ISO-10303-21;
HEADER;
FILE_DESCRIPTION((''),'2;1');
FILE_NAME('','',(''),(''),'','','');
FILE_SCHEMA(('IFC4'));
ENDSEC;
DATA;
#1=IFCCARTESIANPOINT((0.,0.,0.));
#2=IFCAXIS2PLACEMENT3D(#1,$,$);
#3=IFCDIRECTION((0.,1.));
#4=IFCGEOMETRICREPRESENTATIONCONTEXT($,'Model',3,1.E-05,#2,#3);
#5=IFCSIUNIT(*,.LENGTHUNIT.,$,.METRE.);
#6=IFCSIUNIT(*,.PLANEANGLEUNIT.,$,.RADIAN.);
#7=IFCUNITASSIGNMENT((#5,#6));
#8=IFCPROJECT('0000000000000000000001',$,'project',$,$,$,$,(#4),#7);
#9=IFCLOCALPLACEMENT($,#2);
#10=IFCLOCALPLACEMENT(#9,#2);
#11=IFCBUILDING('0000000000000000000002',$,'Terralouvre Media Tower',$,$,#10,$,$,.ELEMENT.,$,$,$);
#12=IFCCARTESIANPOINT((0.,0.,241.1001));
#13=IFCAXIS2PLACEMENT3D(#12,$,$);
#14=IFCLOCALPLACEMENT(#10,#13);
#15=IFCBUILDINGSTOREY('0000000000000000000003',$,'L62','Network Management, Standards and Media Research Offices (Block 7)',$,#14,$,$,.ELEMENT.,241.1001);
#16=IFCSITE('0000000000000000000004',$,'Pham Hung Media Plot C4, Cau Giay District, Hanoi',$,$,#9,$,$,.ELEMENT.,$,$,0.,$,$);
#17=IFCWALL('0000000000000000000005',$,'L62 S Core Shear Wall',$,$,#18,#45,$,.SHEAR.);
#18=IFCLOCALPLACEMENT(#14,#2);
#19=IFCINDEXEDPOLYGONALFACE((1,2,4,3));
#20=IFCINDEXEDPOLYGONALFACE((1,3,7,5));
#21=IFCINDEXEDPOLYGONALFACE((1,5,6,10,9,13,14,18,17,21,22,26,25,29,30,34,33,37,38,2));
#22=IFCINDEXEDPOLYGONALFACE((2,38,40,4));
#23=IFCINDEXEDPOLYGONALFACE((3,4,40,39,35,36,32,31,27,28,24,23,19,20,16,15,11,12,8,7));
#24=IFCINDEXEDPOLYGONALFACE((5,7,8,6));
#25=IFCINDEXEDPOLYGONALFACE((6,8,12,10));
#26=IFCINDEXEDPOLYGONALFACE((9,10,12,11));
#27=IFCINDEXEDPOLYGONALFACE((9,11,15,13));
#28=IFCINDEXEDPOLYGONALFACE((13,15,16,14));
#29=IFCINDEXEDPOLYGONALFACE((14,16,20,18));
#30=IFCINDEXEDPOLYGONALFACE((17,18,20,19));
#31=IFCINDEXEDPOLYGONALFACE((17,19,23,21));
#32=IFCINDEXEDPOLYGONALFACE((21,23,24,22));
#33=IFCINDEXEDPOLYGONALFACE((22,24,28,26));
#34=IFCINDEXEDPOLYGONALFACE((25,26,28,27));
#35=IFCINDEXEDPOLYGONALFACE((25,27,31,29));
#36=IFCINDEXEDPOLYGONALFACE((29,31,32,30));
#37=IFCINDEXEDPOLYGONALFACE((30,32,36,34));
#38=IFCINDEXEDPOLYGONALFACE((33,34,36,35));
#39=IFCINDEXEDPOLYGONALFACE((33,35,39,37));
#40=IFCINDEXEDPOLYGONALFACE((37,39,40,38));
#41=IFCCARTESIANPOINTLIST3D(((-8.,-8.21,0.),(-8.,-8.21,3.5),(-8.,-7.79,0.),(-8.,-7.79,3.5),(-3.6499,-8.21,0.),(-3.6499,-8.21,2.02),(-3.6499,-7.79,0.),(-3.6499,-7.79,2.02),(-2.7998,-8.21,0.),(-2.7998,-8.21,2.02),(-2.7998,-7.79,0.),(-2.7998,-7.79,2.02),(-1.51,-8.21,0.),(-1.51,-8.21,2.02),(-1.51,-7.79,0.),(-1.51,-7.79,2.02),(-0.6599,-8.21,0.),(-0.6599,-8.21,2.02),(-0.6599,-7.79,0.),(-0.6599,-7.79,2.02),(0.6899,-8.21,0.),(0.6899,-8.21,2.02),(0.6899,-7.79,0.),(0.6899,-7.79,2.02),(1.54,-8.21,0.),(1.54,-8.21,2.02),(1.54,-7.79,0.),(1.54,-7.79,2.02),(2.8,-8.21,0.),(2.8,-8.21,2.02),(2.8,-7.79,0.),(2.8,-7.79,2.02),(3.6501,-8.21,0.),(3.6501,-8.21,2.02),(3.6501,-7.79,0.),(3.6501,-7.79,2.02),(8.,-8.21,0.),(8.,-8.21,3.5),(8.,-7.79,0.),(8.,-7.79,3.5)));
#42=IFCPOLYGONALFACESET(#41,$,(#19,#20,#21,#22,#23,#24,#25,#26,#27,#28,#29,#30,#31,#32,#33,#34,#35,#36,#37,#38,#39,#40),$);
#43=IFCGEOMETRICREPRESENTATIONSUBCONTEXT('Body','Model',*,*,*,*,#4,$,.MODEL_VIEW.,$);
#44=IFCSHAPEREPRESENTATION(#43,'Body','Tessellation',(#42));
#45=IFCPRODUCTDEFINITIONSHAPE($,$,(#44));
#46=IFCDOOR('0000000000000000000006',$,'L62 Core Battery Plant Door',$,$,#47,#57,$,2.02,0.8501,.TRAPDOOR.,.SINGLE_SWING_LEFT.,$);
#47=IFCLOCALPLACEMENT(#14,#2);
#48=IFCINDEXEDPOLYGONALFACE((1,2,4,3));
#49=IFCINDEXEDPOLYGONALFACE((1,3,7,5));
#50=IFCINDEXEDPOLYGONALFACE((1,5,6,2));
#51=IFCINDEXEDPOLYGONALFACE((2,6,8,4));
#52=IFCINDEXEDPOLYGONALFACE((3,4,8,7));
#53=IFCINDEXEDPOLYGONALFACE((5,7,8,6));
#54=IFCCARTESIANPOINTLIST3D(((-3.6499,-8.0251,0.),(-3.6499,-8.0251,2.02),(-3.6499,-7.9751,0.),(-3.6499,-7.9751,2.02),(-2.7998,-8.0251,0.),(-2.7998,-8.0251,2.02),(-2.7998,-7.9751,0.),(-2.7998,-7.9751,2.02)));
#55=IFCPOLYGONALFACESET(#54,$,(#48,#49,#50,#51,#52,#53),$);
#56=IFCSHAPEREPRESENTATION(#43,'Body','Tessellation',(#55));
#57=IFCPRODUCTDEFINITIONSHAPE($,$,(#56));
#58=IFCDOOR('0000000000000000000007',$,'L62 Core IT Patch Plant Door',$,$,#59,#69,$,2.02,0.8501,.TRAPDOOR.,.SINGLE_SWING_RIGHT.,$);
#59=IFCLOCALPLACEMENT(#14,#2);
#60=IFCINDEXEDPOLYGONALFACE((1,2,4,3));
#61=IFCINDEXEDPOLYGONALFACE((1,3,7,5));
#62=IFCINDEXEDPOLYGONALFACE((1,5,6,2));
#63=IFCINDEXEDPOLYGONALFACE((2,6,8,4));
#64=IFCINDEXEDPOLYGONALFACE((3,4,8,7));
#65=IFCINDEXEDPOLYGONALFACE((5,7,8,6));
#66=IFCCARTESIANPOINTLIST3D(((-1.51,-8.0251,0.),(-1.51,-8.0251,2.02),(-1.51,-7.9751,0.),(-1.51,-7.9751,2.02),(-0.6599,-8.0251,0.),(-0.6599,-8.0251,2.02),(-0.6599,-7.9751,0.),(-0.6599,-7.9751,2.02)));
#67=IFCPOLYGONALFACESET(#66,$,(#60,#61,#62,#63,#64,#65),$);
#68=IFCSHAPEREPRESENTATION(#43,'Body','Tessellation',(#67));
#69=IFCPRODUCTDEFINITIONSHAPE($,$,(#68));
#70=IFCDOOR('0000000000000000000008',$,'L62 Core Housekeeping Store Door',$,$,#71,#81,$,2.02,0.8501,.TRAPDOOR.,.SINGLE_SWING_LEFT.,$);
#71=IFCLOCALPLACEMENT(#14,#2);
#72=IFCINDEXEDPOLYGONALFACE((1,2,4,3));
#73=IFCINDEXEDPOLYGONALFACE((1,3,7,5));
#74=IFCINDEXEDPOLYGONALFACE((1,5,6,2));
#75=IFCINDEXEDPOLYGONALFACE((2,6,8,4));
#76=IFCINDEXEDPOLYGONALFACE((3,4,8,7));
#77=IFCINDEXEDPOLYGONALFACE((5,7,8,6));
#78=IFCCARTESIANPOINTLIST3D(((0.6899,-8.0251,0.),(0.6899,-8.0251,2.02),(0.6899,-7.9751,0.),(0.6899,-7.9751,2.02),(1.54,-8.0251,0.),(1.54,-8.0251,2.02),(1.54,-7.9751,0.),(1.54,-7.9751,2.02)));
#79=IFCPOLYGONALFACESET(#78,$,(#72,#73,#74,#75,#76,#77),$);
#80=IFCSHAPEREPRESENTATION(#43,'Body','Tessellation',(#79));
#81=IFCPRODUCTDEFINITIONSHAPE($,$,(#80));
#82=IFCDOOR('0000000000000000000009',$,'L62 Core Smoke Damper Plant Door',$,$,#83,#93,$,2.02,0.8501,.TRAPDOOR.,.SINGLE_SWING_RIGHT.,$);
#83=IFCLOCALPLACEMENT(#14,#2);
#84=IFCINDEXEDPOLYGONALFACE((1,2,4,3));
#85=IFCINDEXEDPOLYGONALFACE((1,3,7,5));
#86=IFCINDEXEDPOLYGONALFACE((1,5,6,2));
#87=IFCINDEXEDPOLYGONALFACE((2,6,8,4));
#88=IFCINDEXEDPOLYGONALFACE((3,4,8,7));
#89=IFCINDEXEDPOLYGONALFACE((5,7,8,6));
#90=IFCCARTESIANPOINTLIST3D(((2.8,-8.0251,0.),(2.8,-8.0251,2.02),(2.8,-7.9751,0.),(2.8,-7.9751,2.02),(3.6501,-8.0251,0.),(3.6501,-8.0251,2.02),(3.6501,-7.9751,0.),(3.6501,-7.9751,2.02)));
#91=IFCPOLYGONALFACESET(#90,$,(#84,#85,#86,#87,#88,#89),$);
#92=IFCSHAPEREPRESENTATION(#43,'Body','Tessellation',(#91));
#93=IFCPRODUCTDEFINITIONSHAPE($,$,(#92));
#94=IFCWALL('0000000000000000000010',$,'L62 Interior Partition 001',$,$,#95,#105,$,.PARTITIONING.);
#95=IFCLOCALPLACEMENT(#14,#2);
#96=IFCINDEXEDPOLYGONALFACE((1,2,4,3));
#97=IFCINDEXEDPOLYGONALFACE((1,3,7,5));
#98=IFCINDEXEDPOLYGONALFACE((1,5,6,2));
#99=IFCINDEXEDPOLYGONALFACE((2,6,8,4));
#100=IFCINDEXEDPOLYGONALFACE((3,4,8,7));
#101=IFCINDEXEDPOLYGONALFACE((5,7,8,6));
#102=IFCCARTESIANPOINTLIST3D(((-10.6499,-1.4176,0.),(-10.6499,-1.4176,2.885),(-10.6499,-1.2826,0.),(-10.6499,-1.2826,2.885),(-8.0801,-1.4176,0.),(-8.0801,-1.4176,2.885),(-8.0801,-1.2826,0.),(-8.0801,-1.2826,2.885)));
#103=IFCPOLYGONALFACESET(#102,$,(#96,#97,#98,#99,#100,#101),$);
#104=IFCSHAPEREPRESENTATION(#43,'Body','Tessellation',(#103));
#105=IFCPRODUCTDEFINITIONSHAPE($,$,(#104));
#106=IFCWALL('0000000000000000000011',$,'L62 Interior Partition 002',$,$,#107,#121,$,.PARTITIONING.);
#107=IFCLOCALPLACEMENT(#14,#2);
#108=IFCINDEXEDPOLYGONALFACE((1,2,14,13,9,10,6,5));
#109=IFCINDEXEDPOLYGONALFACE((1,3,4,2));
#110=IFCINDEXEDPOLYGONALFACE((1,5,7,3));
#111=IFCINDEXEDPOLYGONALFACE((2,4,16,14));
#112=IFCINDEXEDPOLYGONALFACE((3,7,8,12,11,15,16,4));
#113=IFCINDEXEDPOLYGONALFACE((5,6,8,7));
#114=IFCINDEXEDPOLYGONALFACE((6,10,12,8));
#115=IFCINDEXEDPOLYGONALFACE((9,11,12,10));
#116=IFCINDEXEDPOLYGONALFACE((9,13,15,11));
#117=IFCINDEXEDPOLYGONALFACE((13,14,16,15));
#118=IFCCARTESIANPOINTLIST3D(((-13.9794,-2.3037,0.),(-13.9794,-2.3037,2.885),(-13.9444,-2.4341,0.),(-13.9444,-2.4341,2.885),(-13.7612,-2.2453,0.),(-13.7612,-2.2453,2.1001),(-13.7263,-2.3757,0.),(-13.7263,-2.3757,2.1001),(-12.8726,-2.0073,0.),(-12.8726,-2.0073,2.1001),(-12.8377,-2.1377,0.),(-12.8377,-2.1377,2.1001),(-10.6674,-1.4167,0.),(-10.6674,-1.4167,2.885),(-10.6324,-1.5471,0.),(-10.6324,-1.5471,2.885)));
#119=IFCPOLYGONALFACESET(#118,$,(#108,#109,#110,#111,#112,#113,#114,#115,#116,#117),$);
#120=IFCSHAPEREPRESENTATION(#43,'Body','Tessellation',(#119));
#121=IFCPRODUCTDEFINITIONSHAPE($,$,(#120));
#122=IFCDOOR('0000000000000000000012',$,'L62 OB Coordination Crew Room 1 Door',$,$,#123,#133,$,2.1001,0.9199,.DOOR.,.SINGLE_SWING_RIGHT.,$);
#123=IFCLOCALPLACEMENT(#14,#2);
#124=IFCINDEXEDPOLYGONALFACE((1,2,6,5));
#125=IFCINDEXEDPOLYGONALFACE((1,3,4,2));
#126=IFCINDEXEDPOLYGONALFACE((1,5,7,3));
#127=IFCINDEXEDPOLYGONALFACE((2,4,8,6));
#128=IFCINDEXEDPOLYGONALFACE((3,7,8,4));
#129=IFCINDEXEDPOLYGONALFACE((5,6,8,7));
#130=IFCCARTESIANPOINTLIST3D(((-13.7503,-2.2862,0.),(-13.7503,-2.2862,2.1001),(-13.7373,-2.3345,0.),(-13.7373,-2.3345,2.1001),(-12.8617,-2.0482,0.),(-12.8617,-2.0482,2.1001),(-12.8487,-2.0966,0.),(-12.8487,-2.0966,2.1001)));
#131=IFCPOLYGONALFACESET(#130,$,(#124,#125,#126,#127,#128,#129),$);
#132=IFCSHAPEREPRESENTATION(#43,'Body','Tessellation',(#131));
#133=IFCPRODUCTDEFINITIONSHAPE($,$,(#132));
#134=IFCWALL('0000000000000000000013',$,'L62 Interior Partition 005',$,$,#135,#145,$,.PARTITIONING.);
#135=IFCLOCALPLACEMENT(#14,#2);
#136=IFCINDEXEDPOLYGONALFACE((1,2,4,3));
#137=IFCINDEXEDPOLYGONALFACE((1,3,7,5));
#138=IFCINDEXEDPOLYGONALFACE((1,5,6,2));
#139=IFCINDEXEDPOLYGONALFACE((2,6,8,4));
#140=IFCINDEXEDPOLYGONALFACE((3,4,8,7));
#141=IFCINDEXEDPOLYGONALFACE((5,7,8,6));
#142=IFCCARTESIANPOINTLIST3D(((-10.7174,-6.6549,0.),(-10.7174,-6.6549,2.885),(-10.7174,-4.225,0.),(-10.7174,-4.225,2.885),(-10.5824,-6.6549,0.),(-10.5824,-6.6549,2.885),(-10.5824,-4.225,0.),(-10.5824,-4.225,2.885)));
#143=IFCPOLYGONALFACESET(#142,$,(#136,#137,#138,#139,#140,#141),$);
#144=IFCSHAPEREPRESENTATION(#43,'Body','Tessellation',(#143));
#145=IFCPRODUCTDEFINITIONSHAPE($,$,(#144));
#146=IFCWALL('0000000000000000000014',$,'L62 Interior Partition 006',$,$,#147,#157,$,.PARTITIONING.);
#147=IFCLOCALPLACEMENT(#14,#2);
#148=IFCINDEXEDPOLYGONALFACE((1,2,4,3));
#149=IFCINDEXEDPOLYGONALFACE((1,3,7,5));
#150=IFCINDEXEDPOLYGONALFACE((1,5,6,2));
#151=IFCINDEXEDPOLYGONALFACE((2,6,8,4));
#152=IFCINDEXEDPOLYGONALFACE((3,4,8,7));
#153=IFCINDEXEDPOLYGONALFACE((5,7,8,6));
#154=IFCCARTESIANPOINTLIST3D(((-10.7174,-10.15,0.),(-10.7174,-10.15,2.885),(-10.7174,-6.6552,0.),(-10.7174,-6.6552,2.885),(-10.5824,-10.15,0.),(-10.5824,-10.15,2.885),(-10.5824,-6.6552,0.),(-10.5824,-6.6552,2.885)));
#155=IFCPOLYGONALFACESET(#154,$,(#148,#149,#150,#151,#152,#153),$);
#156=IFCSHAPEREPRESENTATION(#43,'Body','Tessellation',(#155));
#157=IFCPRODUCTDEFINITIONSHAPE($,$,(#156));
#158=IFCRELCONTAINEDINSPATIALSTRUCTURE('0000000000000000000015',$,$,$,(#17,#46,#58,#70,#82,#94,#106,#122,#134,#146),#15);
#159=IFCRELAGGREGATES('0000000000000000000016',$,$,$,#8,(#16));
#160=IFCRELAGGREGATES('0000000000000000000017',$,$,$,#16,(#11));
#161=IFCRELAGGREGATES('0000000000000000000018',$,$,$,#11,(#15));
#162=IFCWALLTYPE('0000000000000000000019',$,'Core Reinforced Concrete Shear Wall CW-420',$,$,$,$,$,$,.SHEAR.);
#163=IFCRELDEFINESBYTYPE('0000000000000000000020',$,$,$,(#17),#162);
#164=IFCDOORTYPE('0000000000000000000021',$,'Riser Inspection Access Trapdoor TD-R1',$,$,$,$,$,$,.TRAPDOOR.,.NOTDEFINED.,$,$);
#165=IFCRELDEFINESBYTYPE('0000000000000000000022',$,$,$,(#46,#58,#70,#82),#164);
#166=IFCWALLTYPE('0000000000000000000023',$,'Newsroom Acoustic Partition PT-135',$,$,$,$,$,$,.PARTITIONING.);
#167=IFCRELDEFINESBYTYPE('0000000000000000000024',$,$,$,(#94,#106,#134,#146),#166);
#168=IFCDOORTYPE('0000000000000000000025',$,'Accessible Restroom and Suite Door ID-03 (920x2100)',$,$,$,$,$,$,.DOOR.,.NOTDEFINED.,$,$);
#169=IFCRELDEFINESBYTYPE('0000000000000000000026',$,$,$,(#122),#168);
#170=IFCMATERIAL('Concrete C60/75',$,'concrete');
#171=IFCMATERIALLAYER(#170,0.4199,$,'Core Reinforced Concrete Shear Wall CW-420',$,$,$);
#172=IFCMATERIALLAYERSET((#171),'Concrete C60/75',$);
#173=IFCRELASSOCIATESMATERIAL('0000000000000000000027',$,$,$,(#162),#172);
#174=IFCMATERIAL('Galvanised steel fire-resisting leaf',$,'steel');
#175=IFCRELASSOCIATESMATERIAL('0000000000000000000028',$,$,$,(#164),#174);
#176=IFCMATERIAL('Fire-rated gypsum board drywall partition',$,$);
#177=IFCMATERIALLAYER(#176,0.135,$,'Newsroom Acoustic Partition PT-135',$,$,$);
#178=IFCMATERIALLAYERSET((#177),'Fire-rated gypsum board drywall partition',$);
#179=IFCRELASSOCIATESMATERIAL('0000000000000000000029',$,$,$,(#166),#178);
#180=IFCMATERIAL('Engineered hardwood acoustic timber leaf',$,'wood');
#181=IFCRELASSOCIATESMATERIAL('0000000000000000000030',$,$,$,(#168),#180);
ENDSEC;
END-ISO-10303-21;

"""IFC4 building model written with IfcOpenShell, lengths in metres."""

from ifc_helpers import new_model, si_unit, direction, frame, frame_2d, origin, place, context, subcontext, project, spatial, rectangle, extrude, material, layer, layer_set, type_object, element, fill, save


model = new_model("IFC4")

# Units and contexts
model_context = context("Model", 3, precision=1e-05, world=origin(), true_north=direction((0.0, 1.0)))
body_context = subcontext(model_context, "Body", "Model", "MODEL_VIEW")
ifc_project = project(units=[si_unit("LENGTHUNIT", "METRE"), si_unit("PLANEANGLEUNIT", "RADIAN")], contexts=[model_context])

# Site, building, storey
site_placement = place(None, origin())
site = spatial("IfcSite", under=ifc_project, at=site_placement, Name="Pham Hung Media Plot C4, Cau Giay District, Hanoi", CompositionType="ELEMENT", RefElevation=0.0)
building_placement = place(site_placement, origin())
building = spatial("IfcBuilding", under=site, at=building_placement, Name="Terralouvre Media Tower", CompositionType="ELEMENT")
storey_placement = place(building_placement, frame((0.0, 0.0, 241.1001)))
storey = spatial("IfcBuildingStorey", under=building, at=storey_placement, Name="L62", Description="Network Management, Standards and Media Research Offices (Block 7)", CompositionType="ELEMENT", Elevation=241.1001)

# Wall, openings, doors
ifc_material_1 = material(Name="Concrete C60/75", Category="concrete")
ifc_layer_1 = layer(ifc_material_1, 0.4199, Name="Core Reinforced Concrete Shear Wall CW-420")
ifc_layer_set_1 = layer_set([ifc_layer_1], Name="Concrete C60/75")
wall_type_1 = type_object("IfcWallType", Name="Core Reinforced Concrete Shear Wall CW-420", PredefinedType="SHEAR", material=ifc_layer_set_1)
ifc_material_2 = material(Name="Galvanised steel fire-resisting leaf", Category="steel")
door_type_1 = type_object("IfcDoorType", Name="Riser Inspection Access Trapdoor TD-R1", OperationType="NOTDEFINED", PredefinedType="TRAPDOOR", material=ifc_material_2)
wall_1_placement = place(storey_placement, frame((-8.0, -8.0, 0.0), z_axis=(0.0, 0.0, 1.0), x_axis=(1.0, 0.0, 0.0)))
wall_1 = element("IfcWall", 1, at=wall_1_placement, inside=storey, type_object=wall_type_1, Name="L62 S Core Shear Wall", PredefinedType="SHEAR", context=body_context, shape_type="SweptSolid", body=[
    extrude(rectangle(XDim=16.0, YDim=0.4199, at=frame_2d((8.0, 0.0))), origin(), (0.0, 0.0, 1.0), 3.5),
])
opening_1_placement = place(wall_1_placement, frame((4.3501, 0.0, 0.0)))
opening_1 = element("IfcOpeningElement", 2, at=opening_1_placement, cuts=wall_1, PredefinedType="OPENING", context=body_context, shape_type="SweptSolid", body=[
    extrude(rectangle(XDim=0.8501, YDim=2.02, at=frame_2d((0.425, 1.01))), frame((0.0, 0.22, 0.0), z_axis=(0.0, -1.0, 0.0), x_axis=(1.0, 0.0, 0.0)), (0.0, 0.0, 1.0), 0.4399),
])
opening_2_placement = place(wall_1_placement, frame((6.49, 0.0, 0.0)))
opening_2 = element("IfcOpeningElement", 3, at=opening_2_placement, cuts=wall_1, PredefinedType="OPENING", context=body_context, shape_type="SweptSolid", body=[
    extrude(rectangle(XDim=0.8501, YDim=2.02, at=frame_2d((0.425, 1.01))), frame((0.0, 0.22, 0.0), z_axis=(0.0, -1.0, 0.0), x_axis=(1.0, 0.0, 0.0)), (0.0, 0.0, 1.0), 0.4399),
])
opening_3_placement = place(wall_1_placement, frame((8.6899, 0.0, 0.0)))
opening_3 = element("IfcOpeningElement", 4, at=opening_3_placement, cuts=wall_1, PredefinedType="OPENING", context=body_context, shape_type="SweptSolid", body=[
    extrude(rectangle(XDim=0.8501, YDim=2.02, at=frame_2d((0.425, 1.01))), frame((0.0, 0.22, 0.0), z_axis=(0.0, -1.0, 0.0), x_axis=(1.0, 0.0, 0.0)), (0.0, 0.0, 1.0), 0.4399),
])
opening_4_placement = place(wall_1_placement, frame((10.8, 0.0, 0.0)))
opening_4 = element("IfcOpeningElement", 5, at=opening_4_placement, cuts=wall_1, PredefinedType="OPENING", context=body_context, shape_type="SweptSolid", body=[
    extrude(rectangle(XDim=0.8501, YDim=2.02, at=frame_2d((0.425, 1.01))), frame((0.0, 0.22, 0.0), z_axis=(0.0, -1.0, 0.0), x_axis=(1.0, 0.0, 0.0)), (0.0, 0.0, 1.0), 0.4399),
])
door_1_placement = place(opening_1_placement, origin())
door_1 = element("IfcDoor", 6, at=door_1_placement, inside=storey, type_object=door_type_1, Name="L62 Core Battery Plant Door", OperationType="SINGLE_SWING_LEFT", OverallHeight=2.02, OverallWidth=0.8501, PredefinedType="TRAPDOOR", context=body_context, shape_type="SweptSolid", body=[
    extrude(rectangle(XDim=0.8501, YDim=2.02, at=frame_2d((0.425, 1.01))), frame((0.0, 0.0249, 0.0), z_axis=(0.0, -1.0, 0.0), x_axis=(1.0, 0.0, 0.0)), (0.0, 0.0, 1.0), 0.05),
])
fill(opening_1, door_1)
door_2_placement = place(opening_2_placement, origin())
door_2 = element("IfcDoor", 7, at=door_2_placement, inside=storey, type_object=door_type_1, Name="L62 Core IT Patch Plant Door", OperationType="SINGLE_SWING_RIGHT", OverallHeight=2.02, OverallWidth=0.8501, PredefinedType="TRAPDOOR", context=body_context, shape_type="SweptSolid", body=[
    extrude(rectangle(XDim=0.8501, YDim=2.02, at=frame_2d((0.425, 1.01))), frame((0.0, 0.0249, 0.0), z_axis=(0.0, -1.0, 0.0), x_axis=(1.0, 0.0, 0.0)), (0.0, 0.0, 1.0), 0.05),
])
fill(opening_2, door_2)
door_3_placement = place(opening_3_placement, origin())
door_3 = element("IfcDoor", 8, at=door_3_placement, inside=storey, type_object=door_type_1, Name="L62 Core Housekeeping Store Door", OperationType="SINGLE_SWING_LEFT", OverallHeight=2.02, OverallWidth=0.8501, PredefinedType="TRAPDOOR", context=body_context, shape_type="SweptSolid", body=[
    extrude(rectangle(XDim=0.8501, YDim=2.02, at=frame_2d((0.425, 1.01))), frame((0.0, 0.0249, 0.0), z_axis=(0.0, -1.0, 0.0), x_axis=(1.0, 0.0, 0.0)), (0.0, 0.0, 1.0), 0.05),
])
fill(opening_3, door_3)
door_4_placement = place(opening_4_placement, origin())
door_4 = element("IfcDoor", 9, at=door_4_placement, inside=storey, type_object=door_type_1, Name="L62 Core Smoke Damper Plant Door", OperationType="SINGLE_SWING_RIGHT", OverallHeight=2.02, OverallWidth=0.8501, PredefinedType="TRAPDOOR", context=body_context, shape_type="SweptSolid", body=[
    extrude(rectangle(XDim=0.8501, YDim=2.02, at=frame_2d((0.425, 1.01))), frame((0.0, 0.0249, 0.0), z_axis=(0.0, -1.0, 0.0), x_axis=(1.0, 0.0, 0.0)), (0.0, 0.0, 1.0), 0.05),
])
fill(opening_4, door_4)

# Wall
ifc_material_3 = material(Name="Fire-rated gypsum board drywall partition")
ifc_layer_2 = layer(ifc_material_3, 0.135, Name="Newsroom Acoustic Partition PT-135")
ifc_layer_set_2 = layer_set([ifc_layer_2], Name="Fire-rated gypsum board drywall partition")
wall_type_2 = type_object("IfcWallType", Name="Newsroom Acoustic Partition PT-135", PredefinedType="PARTITIONING", material=ifc_layer_set_2)
wall_2_placement = place(storey_placement, frame((-8.0801, -1.3501, 0.0), z_axis=(0.0, 0.0, 1.0), x_axis=(-1.0, 0.0, 0.0)))
element("IfcWall", 10, at=wall_2_placement, inside=storey, type_object=wall_type_2, Name="L62 Interior Partition 001", PredefinedType="PARTITIONING", context=body_context, shape_type="SweptSolid", body=[
    extrude(rectangle(XDim=2.5698, YDim=0.135, at=frame_2d((1.2849, 0.0))), origin(), (0.0, 0.0, 1.0), 2.885),
])

# Wall, opening, door
wall_3_placement = place(storey_placement, frame((-10.6499, -1.4819, 0.0), z_axis=(0.0, 0.0, 1.0), x_axis=(-0.965961, -0.258686, 0.0)))
wall_3 = element("IfcWall", 11, at=wall_3_placement, inside=storey, type_object=wall_type_2, Name="L62 Interior Partition 002", PredefinedType="PARTITIONING", context=body_context, shape_type="SweptSolid", body=[
    extrude(rectangle(XDim=3.4287, YDim=0.135, at=frame_2d((1.7144, 0.0))), origin(), (0.0, 0.0, 1.0), 2.885),
])
opening_5_placement = place(wall_3_placement, frame((2.283, 0.0, 0.0)))
opening_5 = element("IfcOpeningElement", 12, at=opening_5_placement, cuts=wall_3, PredefinedType="OPENING", context=body_context, shape_type="SweptSolid", body=[
    extrude(rectangle(XDim=0.9199, YDim=2.1001, at=frame_2d((0.46, 1.05))), frame((0.0, 0.0774, 0.0), z_axis=(0.0, -1.0, 0.0), x_axis=(1.0, 0.0, 0.0)), (0.0, 0.0, 1.0), 0.155),
])
ifc_material_4 = material(Name="Engineered hardwood acoustic timber leaf", Category="wood")
door_type_2 = type_object("IfcDoorType", Name="Accessible Restroom and Suite Door ID-03 (920x2100)", OperationType="NOTDEFINED", PredefinedType="DOOR", material=ifc_material_4)
door_5_placement = place(opening_5_placement, origin())
door_5 = element("IfcDoor", 13, at=door_5_placement, inside=storey, type_object=door_type_2, Name="L62 OB Coordination Crew Room 1 Door", OperationType="SINGLE_SWING_RIGHT", OverallHeight=2.1001, OverallWidth=0.9199, PredefinedType="DOOR", context=body_context, shape_type="SweptSolid", body=[
    extrude(rectangle(XDim=0.9199, YDim=2.1001, at=frame_2d((0.46, 1.05))), frame((0.0, 0.0249, 0.0), z_axis=(0.0, -1.0, 0.0), x_axis=(1.0, 0.0, 0.0)), (0.0, 0.0, 1.0), 0.05),
])
fill(opening_5, door_5)

# Walls
wall_4_placement = place(storey_placement, frame((-10.6499, -4.2251, 0.0), z_axis=(0.0, 0.0, 1.0), x_axis=(0.0, -1.0, 0.0)))
element("IfcWall", 14, at=wall_4_placement, inside=storey, type_object=wall_type_2, Name="L62 Interior Partition 005", PredefinedType="PARTITIONING", context=body_context, shape_type="SweptSolid", body=[
    extrude(rectangle(XDim=2.4299, YDim=0.135, at=frame_2d((1.2148, 0.0))), origin(), (0.0, 0.0, 1.0), 2.885),
])
wall_5_placement = place(storey_placement, frame((-10.6499, -6.655, 0.0), z_axis=(0.0, 0.0, 1.0), x_axis=(0.0, -1.0, 0.0)))
element("IfcWall", 15, at=wall_5_placement, inside=storey, type_object=wall_type_2, Name="L62 Interior Partition 006", PredefinedType="PARTITIONING", context=body_context, shape_type="SweptSolid", body=[
    extrude(rectangle(XDim=3.4949, YDim=0.135, at=frame_2d((1.7476, 0.0))), origin(), (0.0, 0.0, 1.0), 2.885),
])

save(model, "model.ifc")
